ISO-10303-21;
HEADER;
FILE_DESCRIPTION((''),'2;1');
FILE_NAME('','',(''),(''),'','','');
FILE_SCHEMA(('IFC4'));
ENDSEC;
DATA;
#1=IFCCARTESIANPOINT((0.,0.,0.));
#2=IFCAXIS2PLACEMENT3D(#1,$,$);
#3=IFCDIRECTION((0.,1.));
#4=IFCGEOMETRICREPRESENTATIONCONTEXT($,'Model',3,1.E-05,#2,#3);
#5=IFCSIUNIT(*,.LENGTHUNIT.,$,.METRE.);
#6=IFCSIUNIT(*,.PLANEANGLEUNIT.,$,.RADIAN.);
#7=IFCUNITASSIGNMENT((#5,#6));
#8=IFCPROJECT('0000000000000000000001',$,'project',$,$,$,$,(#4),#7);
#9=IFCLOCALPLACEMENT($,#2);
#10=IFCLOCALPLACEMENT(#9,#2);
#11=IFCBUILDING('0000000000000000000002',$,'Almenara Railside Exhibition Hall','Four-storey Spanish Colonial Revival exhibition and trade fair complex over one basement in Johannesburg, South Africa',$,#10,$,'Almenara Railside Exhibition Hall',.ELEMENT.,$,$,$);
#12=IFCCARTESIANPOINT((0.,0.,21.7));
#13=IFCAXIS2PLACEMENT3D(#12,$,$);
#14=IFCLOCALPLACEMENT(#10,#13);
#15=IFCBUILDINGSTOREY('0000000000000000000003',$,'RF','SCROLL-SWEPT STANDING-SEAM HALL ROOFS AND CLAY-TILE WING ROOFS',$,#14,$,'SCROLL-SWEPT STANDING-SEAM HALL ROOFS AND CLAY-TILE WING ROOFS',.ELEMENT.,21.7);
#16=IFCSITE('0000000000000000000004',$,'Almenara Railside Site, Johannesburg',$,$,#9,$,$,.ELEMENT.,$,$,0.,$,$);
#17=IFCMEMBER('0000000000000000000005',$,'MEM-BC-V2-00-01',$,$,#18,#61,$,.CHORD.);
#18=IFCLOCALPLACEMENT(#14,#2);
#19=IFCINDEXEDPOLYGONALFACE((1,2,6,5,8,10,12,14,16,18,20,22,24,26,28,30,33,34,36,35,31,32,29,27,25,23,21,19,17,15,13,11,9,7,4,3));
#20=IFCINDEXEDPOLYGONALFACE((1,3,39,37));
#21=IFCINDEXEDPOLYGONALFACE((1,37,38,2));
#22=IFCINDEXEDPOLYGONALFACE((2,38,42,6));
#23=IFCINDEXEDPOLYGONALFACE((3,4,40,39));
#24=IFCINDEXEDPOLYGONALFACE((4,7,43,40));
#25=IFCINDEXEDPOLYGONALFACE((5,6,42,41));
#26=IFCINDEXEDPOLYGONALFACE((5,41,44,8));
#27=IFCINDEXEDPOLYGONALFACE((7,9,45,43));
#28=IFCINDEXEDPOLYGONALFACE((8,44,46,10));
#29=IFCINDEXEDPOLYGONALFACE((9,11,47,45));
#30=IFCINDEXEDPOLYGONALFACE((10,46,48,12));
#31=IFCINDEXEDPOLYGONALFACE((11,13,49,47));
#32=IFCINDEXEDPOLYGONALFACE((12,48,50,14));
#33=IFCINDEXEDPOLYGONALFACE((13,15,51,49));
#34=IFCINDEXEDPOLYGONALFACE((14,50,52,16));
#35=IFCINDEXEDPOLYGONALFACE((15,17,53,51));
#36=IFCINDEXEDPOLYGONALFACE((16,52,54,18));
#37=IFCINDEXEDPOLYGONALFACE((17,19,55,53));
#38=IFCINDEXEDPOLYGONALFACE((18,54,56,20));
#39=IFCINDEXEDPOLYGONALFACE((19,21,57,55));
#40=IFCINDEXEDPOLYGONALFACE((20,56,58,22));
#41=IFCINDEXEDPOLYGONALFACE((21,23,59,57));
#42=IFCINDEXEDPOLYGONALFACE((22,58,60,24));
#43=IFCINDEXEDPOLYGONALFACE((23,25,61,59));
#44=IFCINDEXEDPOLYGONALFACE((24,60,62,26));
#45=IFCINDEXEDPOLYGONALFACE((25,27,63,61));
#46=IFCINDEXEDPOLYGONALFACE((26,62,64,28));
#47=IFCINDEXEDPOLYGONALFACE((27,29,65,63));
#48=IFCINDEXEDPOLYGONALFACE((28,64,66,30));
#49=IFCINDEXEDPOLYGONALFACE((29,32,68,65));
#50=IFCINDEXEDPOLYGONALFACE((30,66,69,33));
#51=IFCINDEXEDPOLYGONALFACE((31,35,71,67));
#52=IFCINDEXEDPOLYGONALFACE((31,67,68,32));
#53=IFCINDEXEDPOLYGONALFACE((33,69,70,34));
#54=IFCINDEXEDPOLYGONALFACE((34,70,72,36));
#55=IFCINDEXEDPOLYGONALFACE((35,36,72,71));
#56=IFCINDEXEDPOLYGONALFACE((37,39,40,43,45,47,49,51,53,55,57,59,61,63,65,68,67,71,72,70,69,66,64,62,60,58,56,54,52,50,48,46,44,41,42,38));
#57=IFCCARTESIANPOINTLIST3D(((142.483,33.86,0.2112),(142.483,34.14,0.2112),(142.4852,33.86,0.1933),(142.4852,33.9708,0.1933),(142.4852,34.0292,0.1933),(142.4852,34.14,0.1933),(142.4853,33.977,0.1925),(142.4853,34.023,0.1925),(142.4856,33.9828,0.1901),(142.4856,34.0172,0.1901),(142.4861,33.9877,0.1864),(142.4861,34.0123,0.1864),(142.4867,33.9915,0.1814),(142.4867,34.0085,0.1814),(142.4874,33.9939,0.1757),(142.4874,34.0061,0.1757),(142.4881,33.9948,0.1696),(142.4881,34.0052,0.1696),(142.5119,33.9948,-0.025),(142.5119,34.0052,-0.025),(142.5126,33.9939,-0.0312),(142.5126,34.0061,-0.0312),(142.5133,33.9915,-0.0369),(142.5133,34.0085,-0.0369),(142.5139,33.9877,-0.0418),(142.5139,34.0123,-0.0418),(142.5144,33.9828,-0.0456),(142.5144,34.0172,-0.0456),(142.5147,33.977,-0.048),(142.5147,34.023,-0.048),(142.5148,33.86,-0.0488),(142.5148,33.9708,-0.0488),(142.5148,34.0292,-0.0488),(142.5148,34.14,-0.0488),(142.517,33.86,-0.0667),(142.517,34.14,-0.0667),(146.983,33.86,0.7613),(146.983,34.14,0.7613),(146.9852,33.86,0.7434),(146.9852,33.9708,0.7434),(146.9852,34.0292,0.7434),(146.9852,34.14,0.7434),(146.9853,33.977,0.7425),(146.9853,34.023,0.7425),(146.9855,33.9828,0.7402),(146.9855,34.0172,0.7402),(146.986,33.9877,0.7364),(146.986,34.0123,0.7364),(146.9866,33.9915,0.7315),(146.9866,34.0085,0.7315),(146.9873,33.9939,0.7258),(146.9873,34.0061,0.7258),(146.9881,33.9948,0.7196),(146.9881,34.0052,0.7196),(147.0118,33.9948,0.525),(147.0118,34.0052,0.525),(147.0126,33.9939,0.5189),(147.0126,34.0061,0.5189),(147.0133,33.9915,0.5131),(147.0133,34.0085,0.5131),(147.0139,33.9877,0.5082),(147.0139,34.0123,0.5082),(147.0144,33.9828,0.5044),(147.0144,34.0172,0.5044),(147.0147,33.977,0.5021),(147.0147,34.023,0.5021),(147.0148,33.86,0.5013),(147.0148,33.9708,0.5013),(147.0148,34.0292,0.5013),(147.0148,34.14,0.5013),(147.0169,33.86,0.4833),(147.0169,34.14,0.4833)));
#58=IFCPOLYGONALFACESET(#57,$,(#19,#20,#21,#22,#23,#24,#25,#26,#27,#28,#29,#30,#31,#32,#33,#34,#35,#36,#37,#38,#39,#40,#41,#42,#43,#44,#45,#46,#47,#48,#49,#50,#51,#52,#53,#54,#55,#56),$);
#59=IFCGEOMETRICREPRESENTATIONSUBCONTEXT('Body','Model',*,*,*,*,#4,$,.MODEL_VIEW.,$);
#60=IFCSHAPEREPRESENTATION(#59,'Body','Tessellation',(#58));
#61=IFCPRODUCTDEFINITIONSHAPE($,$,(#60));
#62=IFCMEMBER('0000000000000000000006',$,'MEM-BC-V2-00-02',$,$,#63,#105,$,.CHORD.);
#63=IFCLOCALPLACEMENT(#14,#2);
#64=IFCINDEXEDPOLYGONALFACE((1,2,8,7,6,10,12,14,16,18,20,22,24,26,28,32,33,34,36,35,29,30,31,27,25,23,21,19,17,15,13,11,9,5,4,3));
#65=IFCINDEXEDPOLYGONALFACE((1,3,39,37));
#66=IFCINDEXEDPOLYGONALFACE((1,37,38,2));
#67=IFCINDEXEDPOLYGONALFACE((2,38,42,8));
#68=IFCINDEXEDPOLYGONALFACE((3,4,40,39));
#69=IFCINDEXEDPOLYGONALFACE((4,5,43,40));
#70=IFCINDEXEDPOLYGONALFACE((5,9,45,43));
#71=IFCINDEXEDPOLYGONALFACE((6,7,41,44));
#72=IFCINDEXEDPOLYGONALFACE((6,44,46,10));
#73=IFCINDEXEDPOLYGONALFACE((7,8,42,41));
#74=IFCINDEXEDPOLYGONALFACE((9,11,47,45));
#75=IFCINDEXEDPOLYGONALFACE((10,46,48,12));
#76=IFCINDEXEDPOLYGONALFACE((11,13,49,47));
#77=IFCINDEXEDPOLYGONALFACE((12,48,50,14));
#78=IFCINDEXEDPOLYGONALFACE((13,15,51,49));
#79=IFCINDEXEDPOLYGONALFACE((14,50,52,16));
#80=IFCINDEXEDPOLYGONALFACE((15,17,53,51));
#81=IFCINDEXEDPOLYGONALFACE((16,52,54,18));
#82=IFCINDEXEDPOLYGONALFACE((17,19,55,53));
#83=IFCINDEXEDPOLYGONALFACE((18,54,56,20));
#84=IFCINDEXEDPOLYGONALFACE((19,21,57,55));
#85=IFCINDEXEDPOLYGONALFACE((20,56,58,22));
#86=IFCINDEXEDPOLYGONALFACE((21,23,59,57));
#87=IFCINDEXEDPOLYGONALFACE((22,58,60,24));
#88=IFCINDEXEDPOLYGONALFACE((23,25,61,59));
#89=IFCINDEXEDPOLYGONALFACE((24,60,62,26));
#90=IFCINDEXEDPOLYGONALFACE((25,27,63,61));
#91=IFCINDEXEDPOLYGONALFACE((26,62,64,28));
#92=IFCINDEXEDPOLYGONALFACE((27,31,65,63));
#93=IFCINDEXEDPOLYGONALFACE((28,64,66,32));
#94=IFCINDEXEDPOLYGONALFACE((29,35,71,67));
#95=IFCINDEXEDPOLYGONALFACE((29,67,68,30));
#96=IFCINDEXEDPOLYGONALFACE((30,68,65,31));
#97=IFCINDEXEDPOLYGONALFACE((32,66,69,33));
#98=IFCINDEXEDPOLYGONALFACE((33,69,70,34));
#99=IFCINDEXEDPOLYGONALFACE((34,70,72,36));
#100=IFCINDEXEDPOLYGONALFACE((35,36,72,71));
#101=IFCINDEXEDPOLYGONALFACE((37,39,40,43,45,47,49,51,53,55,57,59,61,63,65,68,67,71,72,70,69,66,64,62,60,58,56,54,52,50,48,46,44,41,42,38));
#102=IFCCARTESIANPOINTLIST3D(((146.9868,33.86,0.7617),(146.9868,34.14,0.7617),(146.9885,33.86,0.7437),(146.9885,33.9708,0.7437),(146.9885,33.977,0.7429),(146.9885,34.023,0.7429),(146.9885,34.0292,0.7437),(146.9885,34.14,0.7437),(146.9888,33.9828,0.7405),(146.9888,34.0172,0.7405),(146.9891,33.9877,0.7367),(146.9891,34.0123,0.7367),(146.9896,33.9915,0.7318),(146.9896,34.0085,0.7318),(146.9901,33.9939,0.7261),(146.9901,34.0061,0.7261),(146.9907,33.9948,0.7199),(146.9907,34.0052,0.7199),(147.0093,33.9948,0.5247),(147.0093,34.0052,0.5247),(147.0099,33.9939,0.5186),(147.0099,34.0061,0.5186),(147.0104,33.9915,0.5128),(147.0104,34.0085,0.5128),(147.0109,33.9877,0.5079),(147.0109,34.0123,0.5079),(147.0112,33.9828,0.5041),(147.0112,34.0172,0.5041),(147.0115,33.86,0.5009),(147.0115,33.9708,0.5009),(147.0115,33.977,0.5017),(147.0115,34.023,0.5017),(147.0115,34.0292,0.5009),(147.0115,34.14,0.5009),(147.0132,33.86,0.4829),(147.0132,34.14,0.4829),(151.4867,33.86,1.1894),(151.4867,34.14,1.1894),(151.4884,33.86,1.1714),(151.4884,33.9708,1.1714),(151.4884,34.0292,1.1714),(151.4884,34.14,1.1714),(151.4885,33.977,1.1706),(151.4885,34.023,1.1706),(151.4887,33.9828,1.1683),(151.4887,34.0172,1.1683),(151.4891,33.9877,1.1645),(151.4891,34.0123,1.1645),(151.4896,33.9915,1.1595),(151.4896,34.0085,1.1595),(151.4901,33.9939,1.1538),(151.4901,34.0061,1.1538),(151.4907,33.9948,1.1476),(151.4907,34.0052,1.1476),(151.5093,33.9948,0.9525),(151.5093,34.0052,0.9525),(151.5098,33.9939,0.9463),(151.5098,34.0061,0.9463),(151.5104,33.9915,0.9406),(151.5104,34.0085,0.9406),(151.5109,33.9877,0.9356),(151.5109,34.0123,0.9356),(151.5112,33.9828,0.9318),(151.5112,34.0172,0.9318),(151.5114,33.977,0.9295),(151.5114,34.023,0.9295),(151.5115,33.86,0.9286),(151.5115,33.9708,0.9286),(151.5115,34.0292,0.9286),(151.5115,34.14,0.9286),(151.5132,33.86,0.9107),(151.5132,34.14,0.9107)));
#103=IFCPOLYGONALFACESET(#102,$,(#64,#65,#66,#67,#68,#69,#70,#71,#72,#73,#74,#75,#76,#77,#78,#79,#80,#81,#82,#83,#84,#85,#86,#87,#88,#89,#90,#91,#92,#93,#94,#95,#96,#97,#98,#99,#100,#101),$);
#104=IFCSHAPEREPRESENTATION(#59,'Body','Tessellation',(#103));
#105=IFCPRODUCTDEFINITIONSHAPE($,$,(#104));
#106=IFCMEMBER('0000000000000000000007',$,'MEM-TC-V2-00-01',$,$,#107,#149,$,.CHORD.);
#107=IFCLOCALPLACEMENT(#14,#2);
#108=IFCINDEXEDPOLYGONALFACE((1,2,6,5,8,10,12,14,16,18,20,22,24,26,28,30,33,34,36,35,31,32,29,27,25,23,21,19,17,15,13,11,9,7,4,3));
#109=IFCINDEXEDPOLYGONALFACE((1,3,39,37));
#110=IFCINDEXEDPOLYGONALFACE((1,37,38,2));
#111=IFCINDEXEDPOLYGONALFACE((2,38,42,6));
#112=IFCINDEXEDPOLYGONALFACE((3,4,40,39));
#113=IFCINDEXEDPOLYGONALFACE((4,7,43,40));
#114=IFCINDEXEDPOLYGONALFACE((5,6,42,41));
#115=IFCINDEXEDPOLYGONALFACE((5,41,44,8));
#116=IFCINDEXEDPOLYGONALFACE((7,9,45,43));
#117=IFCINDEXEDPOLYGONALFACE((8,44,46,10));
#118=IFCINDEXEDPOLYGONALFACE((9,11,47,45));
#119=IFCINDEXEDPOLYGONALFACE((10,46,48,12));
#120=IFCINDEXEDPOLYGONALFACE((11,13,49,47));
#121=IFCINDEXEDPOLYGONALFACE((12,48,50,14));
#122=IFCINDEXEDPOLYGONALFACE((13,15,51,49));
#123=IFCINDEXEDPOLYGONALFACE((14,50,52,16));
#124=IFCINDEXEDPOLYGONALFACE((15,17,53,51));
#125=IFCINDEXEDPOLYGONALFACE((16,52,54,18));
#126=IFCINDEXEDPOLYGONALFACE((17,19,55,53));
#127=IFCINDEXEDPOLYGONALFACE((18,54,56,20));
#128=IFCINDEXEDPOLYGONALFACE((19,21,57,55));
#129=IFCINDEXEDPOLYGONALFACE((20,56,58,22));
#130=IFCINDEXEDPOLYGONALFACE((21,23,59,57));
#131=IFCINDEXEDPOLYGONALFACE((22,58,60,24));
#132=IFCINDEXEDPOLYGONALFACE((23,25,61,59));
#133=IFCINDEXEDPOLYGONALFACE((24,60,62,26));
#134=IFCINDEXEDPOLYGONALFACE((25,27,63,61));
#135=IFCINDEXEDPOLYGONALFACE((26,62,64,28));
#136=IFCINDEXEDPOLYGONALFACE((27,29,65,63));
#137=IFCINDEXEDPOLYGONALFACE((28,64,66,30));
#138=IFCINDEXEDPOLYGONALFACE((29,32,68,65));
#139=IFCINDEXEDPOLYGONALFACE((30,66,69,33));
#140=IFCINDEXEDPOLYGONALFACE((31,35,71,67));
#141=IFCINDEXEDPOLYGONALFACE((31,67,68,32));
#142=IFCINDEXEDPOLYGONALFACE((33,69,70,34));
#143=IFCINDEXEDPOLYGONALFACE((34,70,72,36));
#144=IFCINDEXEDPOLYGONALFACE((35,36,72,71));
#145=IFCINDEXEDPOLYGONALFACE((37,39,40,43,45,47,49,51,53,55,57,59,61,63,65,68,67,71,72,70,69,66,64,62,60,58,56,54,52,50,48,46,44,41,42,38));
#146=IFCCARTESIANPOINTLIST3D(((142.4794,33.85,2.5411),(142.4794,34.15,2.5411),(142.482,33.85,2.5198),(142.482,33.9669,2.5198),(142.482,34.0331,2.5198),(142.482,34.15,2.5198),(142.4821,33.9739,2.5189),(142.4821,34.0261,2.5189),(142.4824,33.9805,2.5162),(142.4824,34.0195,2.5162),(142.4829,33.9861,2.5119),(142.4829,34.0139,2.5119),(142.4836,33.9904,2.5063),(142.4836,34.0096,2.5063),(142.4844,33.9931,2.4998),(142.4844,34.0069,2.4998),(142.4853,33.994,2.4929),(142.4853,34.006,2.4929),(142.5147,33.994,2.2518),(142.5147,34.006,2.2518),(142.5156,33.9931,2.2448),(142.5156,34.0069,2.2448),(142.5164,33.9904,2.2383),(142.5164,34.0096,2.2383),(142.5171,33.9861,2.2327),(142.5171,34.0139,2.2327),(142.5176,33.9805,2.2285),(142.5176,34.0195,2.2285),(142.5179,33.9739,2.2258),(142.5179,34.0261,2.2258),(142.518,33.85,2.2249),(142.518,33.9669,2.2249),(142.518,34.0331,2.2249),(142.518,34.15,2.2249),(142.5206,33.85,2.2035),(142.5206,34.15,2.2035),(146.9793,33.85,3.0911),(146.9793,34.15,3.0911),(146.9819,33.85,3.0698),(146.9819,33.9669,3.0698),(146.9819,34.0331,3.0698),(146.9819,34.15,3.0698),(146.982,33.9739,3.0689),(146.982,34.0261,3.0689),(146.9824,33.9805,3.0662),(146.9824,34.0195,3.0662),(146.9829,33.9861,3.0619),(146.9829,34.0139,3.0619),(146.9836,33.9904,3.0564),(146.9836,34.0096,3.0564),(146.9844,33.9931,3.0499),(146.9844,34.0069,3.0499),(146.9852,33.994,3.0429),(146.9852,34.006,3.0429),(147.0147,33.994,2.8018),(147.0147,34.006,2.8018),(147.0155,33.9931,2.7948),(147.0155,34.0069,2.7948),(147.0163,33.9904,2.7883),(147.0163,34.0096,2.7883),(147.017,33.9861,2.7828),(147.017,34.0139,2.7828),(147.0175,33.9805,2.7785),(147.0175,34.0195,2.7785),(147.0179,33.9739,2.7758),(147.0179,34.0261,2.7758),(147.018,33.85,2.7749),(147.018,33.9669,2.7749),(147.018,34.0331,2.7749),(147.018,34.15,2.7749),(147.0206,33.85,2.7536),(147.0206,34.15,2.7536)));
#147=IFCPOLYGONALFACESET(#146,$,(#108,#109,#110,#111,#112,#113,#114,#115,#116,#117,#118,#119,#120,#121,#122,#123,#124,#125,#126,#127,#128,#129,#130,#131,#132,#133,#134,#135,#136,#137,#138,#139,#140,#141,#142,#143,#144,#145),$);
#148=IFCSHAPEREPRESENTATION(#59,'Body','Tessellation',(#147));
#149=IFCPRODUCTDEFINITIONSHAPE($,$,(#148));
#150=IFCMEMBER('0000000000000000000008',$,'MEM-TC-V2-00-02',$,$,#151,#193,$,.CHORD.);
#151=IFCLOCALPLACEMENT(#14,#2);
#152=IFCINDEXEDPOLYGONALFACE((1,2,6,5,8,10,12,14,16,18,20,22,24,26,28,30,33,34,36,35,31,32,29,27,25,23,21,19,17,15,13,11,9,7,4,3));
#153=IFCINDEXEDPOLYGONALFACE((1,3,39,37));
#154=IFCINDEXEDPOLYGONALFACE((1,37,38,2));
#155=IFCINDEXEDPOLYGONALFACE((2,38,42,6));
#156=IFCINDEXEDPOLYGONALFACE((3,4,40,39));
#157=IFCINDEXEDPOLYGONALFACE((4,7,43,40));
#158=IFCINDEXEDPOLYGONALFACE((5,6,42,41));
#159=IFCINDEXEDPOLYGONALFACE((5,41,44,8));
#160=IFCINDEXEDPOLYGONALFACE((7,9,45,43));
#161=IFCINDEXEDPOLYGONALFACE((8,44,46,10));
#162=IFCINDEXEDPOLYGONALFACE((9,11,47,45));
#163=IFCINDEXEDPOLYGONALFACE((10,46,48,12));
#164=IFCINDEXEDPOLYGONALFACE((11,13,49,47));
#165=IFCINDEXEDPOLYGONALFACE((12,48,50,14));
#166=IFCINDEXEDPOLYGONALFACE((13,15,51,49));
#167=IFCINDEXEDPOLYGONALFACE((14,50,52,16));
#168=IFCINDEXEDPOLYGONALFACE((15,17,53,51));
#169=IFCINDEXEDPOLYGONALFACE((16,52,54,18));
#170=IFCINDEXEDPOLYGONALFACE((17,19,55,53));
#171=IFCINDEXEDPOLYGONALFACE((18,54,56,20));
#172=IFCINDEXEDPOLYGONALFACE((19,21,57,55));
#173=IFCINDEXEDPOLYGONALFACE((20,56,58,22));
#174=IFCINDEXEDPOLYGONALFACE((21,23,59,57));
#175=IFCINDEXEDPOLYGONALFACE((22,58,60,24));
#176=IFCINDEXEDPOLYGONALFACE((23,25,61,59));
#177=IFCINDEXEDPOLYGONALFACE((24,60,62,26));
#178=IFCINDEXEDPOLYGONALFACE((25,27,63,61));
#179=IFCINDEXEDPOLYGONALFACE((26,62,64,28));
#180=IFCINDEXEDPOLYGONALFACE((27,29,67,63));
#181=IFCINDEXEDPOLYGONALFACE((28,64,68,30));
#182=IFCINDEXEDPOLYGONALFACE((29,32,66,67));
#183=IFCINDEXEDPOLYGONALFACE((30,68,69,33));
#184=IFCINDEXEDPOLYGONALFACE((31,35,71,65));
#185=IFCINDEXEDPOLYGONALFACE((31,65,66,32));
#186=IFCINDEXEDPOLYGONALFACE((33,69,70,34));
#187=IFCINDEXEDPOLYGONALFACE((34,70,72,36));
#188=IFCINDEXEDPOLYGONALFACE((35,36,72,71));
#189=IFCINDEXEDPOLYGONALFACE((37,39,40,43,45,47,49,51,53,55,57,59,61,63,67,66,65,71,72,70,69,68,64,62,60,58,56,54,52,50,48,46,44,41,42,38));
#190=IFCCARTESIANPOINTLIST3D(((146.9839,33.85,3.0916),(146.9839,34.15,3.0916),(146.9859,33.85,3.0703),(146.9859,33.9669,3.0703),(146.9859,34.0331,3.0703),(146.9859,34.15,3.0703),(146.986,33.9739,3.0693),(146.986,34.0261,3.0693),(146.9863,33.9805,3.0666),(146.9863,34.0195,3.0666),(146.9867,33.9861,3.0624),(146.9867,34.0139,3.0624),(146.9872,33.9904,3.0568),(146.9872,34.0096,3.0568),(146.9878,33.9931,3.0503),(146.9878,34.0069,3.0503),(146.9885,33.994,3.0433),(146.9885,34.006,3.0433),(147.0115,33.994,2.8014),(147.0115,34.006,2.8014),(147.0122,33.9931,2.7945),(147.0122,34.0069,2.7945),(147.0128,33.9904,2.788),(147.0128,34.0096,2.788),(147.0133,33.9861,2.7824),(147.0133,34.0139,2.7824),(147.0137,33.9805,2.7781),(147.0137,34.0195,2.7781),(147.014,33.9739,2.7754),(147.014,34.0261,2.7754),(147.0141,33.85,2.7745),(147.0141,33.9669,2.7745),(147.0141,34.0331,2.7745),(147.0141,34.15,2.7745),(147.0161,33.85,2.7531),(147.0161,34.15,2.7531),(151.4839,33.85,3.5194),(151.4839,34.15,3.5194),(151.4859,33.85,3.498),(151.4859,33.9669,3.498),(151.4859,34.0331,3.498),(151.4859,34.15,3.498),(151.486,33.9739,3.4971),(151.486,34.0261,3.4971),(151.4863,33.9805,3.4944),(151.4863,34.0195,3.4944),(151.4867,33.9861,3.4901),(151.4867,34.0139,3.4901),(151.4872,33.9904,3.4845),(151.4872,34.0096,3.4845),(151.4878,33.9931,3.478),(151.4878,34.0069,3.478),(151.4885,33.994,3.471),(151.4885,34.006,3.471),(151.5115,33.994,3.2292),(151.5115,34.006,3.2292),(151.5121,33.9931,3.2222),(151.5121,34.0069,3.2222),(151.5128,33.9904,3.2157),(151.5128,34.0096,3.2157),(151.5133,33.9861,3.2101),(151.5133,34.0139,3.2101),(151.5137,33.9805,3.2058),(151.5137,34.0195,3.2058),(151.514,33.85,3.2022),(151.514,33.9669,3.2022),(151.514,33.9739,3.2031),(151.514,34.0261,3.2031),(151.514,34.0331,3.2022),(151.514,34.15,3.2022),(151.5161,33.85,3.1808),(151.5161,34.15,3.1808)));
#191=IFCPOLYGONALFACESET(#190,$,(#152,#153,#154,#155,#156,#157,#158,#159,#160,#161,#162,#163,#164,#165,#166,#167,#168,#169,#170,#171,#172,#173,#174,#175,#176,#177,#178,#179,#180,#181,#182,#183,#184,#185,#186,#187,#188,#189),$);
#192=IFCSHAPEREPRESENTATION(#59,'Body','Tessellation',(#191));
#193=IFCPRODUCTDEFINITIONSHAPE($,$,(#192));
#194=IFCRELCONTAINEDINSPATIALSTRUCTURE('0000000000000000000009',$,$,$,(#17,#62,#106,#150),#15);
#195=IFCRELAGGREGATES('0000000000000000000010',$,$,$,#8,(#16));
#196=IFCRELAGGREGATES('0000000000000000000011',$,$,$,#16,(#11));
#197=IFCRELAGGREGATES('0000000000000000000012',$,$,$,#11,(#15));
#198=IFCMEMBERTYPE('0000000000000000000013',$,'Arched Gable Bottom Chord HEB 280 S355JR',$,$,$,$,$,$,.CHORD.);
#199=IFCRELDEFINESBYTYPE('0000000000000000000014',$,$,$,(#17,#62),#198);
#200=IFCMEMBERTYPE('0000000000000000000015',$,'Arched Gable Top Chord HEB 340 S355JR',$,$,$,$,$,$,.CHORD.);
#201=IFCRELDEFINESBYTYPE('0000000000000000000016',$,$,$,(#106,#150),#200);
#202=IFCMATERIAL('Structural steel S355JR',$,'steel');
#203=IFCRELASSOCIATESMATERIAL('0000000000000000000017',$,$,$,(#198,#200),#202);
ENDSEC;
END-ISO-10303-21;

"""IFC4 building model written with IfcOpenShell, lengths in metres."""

from ifc_helpers import new_model, si_unit, direction, frame, origin, origin_2d, place, context, subcontext, project, spatial, i_section, extrude, material, material_profile, profile_set, type_object, element, save


model = new_model("IFC4")

# Units and contexts
model_context = context("Model", 3, precision=1e-05, world=origin(), true_north=direction((0.0, 1.0)))
body_context = subcontext(model_context, "Body", "Model", "MODEL_VIEW")
ifc_project = project(units=[si_unit("LENGTHUNIT", "METRE"), si_unit("PLANEANGLEUNIT", "RADIAN")], contexts=[model_context])

# Site, building, storey
site_placement = place(None, origin())
site = spatial("IfcSite", under=ifc_project, at=site_placement, Name="Almenara Railside Site, Johannesburg", CompositionType="ELEMENT", RefElevation=0.0)
building_placement = place(site_placement, origin())
building = spatial("IfcBuilding", under=site, at=building_placement, Name="Almenara Railside Exhibition Hall", Description="Four-storey Spanish Colonial Revival exhibition and trade fair complex over one basement in Johannesburg, South Africa", LongName="Almenara Railside Exhibition Hall", CompositionType="ELEMENT")
storey_placement = place(building_placement, frame((0.0, 0.0, 21.7)))
storey = spatial("IfcBuildingStorey", under=building, at=storey_placement, Name="RF", Description="SCROLL-SWEPT STANDING-SEAM HALL ROOFS AND CLAY-TILE WING ROOFS", LongName="SCROLL-SWEPT STANDING-SEAM HALL ROOFS AND CLAY-TILE WING ROOFS", CompositionType="ELEMENT", Elevation=21.7)

# Members
ifc_material_1 = material(Name="Structural steel S355JR", Category="steel")
ifc_material_profile_1 = material_profile(ifc_material_1, i_section(OverallWidth=0.28, OverallDepth=0.28, WebThickness=0.0105, FlangeThickness=0.0181, FilletRadius=0.0239, at=origin_2d()), Name="HEB 280")
ifc_profile_set_1 = profile_set([ifc_material_profile_1], Name="Structural steel S355JR")
member_type_1 = type_object("IfcMemberType", Name="Arched Gable Bottom Chord HEB 280 S355JR", PredefinedType="CHORD", material=ifc_profile_set_1)
member_1_placement = place(storey_placement, frame((142.5, 34.0, 0.0723), z_axis=(0.992612, 0.0, 0.12133), x_axis=(0.0, 1.0, 0.0)))
element("IfcMember", 1, at=member_1_placement, inside=storey, type_object=member_type_1, Name="MEM-BC-V2-00-01", PredefinedType="CHORD", context=body_context, shape_type="SweptSolid", body=[
    extrude(i_section(OverallWidth=0.28, OverallDepth=0.28, WebThickness=0.0105, FlangeThickness=0.0181, FilletRadius=0.0239, at=origin_2d()), origin(), (0.0, 0.0, 1.0), 4.5334),
])
member_2_placement = place(storey_placement, frame((147.0, 34.0, 0.6223), z_axis=(0.995513, 0.0, 0.094626), x_axis=(0.0, 1.0, 0.0)))
element("IfcMember", 2, at=member_2_placement, inside=storey, type_object=member_type_1, Name="MEM-BC-V2-00-02", PredefinedType="CHORD", context=body_context, shape_type="SweptSolid", body=[
    extrude(i_section(OverallWidth=0.28, OverallDepth=0.28, WebThickness=0.0105, FlangeThickness=0.0181, FilletRadius=0.0239, at=origin_2d()), origin(), (0.0, 0.0, 1.0), 4.5203),
])
ifc_material_profile_2 = material_profile(ifc_material_1, i_section(OverallWidth=0.3, OverallDepth=0.3401, WebThickness=0.012, FlangeThickness=0.0215, FilletRadius=0.0271, at=origin_2d()), Name="HEB 340")
ifc_profile_set_2 = profile_set([ifc_material_profile_2], Name="Structural steel S355JR")
member_type_2 = type_object("IfcMemberType", Name="Arched Gable Top Chord HEB 340 S355JR", PredefinedType="CHORD", material=ifc_profile_set_2)
member_3_placement = place(storey_placement, frame((142.5, 34.0, 2.3723), z_axis=(0.992612, 0.0, 0.12133), x_axis=(0.0, 1.0, 0.0)))
element("IfcMember", 3, at=member_3_placement, inside=storey, type_object=member_type_2, Name="MEM-TC-V2-00-01", PredefinedType="CHORD", context=body_context, shape_type="SweptSolid", body=[
    extrude(i_section(OverallWidth=0.3, OverallDepth=0.3401, WebThickness=0.012, FlangeThickness=0.0215, FilletRadius=0.0271, at=origin_2d()), origin(), (0.0, 0.0, 1.0), 4.5334),
])
member_4_placement = place(storey_placement, frame((147.0, 34.0, 2.9224), z_axis=(0.995513, 0.0, 0.094626), x_axis=(0.0, 1.0, 0.0)))
element("IfcMember", 4, at=member_4_placement, inside=storey, type_object=member_type_2, Name="MEM-TC-V2-00-02", PredefinedType="CHORD", context=body_context, shape_type="SweptSolid", body=[
    extrude(i_section(OverallWidth=0.3, OverallDepth=0.3401, WebThickness=0.012, FlangeThickness=0.0215, FilletRadius=0.0271, at=origin_2d()), origin(), (0.0, 0.0, 1.0), 4.5203),
])

save(model, "model.ifc")
